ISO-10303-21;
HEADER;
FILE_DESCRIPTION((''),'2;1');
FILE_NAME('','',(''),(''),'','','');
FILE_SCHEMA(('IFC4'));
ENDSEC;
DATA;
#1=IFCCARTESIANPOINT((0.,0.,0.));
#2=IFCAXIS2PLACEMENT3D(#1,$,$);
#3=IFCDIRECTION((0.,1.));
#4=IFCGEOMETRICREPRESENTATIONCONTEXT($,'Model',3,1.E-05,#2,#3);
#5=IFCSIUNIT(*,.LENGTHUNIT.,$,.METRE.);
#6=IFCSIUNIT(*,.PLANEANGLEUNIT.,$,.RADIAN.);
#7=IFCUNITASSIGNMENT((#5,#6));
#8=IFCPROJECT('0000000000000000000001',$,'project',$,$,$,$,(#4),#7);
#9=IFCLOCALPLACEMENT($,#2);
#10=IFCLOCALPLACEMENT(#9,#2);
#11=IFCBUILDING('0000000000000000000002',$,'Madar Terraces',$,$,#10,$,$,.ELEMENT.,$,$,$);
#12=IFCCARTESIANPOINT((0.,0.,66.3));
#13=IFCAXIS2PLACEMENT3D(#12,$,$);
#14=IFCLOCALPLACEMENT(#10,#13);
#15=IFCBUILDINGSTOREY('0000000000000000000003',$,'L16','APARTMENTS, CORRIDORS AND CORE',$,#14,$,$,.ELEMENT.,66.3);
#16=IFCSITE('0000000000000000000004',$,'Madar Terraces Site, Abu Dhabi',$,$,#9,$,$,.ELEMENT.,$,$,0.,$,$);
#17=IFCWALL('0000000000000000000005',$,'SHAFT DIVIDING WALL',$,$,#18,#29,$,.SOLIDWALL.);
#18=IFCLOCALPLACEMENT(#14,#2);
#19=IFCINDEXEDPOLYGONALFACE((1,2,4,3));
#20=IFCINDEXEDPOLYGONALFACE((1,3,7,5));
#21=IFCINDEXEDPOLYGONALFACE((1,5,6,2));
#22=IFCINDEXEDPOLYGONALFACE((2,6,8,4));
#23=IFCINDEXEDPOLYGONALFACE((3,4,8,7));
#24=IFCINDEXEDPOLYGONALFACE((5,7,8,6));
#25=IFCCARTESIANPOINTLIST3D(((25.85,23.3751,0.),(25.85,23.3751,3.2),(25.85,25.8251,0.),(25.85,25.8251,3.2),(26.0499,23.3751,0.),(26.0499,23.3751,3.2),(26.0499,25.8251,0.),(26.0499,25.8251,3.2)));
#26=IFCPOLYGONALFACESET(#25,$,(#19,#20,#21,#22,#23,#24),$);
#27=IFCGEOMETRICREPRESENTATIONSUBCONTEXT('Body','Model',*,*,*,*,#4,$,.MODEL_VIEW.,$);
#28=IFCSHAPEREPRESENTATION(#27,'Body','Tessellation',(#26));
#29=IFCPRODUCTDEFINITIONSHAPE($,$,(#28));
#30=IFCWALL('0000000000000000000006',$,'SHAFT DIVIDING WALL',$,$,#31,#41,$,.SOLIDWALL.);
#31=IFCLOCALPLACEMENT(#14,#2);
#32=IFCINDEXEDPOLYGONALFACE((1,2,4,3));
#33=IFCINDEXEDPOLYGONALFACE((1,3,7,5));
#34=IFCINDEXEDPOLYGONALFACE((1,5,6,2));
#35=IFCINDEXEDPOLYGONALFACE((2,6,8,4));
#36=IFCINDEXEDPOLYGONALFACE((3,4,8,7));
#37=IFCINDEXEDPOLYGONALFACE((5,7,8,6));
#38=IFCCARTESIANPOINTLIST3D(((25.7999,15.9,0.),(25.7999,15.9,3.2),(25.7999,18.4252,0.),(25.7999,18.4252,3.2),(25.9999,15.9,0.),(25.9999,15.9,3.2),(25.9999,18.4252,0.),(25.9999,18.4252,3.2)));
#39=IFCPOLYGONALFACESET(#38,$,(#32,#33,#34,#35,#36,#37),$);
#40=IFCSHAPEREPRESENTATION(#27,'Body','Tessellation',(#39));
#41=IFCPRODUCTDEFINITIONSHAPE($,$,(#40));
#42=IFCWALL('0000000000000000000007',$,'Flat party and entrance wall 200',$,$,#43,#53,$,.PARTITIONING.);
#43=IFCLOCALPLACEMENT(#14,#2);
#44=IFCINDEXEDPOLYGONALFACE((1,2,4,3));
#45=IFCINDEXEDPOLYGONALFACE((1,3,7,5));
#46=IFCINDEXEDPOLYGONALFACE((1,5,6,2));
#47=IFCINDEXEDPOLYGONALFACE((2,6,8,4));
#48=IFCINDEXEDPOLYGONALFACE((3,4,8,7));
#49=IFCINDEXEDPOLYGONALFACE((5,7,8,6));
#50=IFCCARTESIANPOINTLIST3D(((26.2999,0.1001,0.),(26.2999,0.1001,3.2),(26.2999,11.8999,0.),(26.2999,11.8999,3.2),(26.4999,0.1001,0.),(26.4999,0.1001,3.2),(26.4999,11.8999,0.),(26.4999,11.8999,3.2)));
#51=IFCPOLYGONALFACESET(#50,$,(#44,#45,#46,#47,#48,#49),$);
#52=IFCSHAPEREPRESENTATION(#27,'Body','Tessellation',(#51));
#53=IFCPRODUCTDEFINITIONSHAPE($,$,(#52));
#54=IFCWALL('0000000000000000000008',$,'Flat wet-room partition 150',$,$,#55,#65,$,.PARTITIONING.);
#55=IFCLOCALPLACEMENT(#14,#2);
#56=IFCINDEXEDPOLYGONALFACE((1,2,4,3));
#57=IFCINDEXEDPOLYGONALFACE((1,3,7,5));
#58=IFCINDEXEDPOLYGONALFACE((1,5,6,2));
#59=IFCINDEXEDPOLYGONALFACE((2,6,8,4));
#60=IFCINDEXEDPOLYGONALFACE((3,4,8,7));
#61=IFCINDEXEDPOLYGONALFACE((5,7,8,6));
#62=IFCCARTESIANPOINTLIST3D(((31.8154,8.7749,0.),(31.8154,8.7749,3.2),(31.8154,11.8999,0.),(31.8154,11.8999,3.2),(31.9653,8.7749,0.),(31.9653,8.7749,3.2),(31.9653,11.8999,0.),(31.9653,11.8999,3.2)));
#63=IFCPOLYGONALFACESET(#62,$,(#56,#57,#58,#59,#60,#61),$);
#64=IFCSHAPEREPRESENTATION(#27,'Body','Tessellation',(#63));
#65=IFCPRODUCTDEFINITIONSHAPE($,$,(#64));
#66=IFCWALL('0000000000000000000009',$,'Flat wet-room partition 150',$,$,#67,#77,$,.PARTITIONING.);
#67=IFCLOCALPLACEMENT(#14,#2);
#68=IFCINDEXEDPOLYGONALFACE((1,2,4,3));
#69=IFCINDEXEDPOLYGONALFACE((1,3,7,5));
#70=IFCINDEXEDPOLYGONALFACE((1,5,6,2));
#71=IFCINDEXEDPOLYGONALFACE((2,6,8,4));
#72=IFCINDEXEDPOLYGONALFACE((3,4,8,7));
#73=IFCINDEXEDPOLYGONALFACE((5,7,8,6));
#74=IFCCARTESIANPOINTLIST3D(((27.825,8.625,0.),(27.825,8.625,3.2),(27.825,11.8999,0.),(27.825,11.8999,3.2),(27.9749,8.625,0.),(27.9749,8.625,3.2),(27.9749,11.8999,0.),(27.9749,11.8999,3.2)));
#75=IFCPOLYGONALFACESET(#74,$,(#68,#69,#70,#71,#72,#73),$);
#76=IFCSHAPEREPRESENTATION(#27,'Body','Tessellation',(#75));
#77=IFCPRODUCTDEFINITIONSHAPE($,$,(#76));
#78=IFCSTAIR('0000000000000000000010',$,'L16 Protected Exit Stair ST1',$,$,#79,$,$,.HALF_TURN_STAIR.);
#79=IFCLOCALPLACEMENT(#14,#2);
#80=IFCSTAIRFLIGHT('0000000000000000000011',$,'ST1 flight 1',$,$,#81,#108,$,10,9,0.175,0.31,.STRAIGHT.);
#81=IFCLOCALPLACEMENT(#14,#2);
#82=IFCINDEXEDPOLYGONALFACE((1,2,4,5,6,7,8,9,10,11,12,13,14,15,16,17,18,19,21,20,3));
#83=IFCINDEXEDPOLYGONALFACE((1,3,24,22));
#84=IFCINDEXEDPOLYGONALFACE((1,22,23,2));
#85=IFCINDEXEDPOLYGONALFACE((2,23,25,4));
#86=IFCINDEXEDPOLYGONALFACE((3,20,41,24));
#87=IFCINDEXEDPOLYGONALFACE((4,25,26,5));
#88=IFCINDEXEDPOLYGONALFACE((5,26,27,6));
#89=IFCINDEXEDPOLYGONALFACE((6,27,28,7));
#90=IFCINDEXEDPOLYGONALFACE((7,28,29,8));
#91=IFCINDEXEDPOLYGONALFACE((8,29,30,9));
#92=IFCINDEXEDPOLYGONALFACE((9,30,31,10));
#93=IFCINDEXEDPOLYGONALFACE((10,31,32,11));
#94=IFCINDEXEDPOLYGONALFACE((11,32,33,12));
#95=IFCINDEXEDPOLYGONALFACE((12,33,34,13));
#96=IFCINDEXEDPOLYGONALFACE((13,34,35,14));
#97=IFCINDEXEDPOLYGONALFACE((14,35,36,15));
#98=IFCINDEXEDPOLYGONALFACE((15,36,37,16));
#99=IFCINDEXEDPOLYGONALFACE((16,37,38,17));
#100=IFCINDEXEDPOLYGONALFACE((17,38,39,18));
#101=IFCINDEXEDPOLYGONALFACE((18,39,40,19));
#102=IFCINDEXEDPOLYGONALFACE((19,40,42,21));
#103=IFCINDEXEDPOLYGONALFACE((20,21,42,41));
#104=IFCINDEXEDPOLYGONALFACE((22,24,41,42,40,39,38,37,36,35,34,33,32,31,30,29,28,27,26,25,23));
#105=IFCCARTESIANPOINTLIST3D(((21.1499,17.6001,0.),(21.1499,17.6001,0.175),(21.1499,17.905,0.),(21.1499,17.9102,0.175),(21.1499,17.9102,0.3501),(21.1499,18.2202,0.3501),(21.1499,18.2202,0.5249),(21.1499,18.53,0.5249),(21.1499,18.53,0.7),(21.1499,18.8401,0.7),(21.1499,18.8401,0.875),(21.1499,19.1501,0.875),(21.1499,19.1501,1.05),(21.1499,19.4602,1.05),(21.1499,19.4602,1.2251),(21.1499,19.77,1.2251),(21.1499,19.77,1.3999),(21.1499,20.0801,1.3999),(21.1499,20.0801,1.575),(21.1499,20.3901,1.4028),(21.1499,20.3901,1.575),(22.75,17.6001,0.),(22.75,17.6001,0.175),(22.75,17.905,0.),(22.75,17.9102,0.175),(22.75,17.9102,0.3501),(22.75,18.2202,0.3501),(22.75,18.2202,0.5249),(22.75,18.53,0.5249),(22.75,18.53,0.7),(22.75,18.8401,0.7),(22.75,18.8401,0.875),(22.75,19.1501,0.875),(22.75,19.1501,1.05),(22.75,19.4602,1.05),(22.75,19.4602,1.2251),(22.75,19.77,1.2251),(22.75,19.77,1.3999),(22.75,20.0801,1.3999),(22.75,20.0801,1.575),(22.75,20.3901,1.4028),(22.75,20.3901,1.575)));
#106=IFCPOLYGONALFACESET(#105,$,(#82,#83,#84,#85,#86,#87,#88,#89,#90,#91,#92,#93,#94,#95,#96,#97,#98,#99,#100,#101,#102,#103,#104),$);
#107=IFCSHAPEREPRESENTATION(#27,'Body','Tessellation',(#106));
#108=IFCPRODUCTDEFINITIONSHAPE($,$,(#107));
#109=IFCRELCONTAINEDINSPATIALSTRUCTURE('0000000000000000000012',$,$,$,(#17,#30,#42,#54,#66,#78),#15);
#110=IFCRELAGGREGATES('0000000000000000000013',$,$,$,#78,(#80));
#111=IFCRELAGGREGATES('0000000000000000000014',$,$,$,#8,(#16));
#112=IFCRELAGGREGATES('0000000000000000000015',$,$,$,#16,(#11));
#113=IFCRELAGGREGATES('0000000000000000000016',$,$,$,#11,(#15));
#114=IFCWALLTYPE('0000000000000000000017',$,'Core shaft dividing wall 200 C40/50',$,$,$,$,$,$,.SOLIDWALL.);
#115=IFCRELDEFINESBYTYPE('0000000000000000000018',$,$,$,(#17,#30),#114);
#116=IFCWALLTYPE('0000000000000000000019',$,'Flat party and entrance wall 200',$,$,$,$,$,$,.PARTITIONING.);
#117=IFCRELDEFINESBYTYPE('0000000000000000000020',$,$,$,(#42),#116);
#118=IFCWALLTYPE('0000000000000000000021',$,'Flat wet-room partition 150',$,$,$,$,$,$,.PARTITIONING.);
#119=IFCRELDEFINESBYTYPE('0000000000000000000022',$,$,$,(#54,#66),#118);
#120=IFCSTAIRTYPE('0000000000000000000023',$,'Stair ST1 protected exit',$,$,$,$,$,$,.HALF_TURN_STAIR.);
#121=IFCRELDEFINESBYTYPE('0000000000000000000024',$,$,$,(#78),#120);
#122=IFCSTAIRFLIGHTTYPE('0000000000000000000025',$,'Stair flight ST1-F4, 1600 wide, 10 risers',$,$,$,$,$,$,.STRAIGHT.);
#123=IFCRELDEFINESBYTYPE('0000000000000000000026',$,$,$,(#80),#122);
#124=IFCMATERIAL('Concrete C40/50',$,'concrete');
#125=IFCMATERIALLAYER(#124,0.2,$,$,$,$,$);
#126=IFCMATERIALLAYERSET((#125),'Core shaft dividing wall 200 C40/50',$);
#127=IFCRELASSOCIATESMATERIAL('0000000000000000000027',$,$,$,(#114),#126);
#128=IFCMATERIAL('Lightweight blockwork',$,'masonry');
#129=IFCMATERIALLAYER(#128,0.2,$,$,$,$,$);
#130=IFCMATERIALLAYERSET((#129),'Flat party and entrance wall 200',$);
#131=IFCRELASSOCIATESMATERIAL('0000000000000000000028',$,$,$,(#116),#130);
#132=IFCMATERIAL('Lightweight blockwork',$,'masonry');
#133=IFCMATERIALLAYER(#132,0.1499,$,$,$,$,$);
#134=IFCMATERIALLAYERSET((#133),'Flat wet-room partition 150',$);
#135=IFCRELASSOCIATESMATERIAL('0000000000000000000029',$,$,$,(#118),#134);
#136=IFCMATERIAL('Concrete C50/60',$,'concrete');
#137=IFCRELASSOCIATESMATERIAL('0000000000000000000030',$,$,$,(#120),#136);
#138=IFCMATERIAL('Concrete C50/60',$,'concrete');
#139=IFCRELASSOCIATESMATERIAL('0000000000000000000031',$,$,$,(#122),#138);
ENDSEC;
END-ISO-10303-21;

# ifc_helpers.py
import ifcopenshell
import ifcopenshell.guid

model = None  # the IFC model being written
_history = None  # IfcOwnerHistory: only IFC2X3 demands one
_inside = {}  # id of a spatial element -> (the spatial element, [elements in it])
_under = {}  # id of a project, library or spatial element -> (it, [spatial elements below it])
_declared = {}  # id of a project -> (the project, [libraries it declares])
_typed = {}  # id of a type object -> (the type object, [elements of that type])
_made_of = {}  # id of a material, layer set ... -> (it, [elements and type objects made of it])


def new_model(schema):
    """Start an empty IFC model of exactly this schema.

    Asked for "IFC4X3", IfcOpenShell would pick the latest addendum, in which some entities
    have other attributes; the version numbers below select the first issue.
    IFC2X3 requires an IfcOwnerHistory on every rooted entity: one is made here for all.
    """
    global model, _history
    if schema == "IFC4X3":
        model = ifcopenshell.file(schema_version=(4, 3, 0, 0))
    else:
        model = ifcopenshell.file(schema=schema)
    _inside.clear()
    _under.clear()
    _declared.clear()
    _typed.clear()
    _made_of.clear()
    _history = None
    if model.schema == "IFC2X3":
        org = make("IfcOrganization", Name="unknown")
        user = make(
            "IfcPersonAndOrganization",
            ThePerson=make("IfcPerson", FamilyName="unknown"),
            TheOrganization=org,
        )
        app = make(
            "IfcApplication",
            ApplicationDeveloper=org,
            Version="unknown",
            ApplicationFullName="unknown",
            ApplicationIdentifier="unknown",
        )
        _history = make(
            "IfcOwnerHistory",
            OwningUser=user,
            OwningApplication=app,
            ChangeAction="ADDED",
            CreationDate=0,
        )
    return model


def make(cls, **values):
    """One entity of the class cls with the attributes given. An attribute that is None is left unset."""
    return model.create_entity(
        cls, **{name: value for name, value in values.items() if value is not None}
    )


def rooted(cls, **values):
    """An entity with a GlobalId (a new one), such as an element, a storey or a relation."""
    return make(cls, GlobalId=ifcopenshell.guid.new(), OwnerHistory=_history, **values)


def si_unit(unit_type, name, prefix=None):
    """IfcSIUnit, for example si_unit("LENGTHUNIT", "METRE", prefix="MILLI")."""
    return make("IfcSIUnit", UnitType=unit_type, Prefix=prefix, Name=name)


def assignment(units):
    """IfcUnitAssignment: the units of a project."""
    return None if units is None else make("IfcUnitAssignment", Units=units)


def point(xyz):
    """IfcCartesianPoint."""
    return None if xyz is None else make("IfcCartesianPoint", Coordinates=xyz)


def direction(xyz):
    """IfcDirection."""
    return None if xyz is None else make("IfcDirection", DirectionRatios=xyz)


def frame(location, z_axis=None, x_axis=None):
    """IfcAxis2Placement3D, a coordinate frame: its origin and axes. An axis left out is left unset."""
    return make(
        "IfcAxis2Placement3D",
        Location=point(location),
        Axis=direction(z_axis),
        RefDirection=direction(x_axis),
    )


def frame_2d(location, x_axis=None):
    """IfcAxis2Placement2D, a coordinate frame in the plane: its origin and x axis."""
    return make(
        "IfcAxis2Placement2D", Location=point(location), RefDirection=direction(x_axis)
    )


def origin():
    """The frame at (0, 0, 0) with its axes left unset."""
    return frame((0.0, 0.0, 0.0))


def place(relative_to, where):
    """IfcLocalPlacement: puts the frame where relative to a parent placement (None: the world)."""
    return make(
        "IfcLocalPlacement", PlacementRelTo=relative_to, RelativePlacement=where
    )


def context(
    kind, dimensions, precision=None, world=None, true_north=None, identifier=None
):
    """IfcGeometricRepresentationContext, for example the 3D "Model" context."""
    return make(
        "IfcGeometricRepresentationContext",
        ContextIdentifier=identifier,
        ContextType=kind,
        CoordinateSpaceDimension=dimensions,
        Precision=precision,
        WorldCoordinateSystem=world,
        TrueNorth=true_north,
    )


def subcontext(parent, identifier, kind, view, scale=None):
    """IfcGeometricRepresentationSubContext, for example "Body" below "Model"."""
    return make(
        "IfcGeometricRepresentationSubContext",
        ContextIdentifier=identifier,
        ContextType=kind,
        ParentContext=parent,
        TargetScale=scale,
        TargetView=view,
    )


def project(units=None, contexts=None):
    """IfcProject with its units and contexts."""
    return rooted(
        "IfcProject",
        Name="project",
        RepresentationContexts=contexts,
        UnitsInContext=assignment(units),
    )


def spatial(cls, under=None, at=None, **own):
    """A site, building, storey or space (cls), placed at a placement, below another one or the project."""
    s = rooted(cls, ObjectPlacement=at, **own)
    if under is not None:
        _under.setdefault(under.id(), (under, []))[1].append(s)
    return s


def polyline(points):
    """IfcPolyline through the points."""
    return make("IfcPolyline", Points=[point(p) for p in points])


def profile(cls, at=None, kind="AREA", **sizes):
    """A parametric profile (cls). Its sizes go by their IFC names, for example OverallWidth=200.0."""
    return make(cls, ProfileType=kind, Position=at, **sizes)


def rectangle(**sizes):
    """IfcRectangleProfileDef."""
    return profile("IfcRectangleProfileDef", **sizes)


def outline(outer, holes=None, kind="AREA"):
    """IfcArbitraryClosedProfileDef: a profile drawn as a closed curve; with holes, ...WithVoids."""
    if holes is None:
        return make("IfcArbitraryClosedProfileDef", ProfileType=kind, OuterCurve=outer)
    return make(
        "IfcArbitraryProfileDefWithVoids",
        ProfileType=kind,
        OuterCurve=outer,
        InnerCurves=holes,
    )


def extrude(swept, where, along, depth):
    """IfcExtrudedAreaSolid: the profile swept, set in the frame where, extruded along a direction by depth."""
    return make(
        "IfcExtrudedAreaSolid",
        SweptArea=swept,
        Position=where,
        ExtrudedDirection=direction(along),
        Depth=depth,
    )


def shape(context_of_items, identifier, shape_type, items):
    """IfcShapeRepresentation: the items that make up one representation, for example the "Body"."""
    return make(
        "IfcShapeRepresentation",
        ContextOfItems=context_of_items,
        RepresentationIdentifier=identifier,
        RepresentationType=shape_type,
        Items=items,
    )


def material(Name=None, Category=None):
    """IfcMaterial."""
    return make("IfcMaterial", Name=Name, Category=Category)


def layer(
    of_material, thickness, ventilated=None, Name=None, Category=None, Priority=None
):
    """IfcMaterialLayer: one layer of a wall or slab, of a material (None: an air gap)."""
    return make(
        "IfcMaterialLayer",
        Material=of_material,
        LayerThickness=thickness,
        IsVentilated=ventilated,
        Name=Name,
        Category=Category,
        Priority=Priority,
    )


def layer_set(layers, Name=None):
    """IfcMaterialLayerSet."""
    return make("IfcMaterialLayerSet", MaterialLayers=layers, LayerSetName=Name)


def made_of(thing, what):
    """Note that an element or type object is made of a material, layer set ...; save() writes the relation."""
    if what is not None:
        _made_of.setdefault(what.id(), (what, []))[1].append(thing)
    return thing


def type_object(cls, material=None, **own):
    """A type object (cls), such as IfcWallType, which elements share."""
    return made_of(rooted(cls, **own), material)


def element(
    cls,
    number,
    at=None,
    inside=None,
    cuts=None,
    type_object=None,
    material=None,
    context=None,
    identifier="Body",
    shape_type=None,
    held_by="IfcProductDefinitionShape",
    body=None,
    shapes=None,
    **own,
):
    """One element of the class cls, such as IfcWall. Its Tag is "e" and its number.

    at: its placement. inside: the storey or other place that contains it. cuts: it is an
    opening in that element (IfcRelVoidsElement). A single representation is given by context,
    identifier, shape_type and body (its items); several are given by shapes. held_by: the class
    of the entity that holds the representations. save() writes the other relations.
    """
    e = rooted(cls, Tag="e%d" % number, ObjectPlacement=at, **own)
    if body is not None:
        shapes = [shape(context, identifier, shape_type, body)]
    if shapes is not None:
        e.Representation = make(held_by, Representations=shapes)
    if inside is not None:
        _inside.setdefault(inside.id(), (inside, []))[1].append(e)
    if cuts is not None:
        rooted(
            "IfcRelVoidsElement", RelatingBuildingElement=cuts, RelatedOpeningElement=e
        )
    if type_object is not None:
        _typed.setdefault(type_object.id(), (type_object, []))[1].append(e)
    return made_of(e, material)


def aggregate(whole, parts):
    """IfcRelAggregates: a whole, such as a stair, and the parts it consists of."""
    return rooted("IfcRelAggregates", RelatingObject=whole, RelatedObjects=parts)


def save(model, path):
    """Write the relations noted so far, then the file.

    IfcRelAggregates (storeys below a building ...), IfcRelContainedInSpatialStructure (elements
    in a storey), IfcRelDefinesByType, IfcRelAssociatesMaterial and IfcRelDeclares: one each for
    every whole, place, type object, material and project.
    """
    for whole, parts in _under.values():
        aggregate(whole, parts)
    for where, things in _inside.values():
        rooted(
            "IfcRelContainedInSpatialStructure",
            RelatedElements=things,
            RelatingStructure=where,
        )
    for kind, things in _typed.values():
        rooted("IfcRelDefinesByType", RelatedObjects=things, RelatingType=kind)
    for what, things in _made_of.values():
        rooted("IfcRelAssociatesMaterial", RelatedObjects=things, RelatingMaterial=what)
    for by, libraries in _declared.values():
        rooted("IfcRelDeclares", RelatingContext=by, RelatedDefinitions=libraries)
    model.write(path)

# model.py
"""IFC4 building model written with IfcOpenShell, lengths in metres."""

from ifc_helpers import new_model, si_unit, direction, frame, frame_2d, origin, place, context, subcontext, project, spatial, polyline, rectangle, outline, extrude, material, layer, layer_set, type_object, element, aggregate, save


model = new_model("IFC4")

# Units and contexts
model_context = context("Model", 3, precision=1e-05, world=origin(), true_north=direction((0.0, 1.0)))
body_context = subcontext(model_context, "Body", "Model", "MODEL_VIEW")
ifc_project = project(units=[si_unit("LENGTHUNIT", "METRE"), si_unit("PLANEANGLEUNIT", "RADIAN")], contexts=[model_context])

# Site, building, storey
site_placement = place(None, origin())
site = spatial("IfcSite", under=ifc_project, at=site_placement, Name="Madar Terraces Site, Abu Dhabi", CompositionType="ELEMENT", RefElevation=0.0)
building_placement = place(site_placement, origin())
building = spatial("IfcBuilding", under=site, at=building_placement, Name="Madar Terraces", CompositionType="ELEMENT")
storey_placement = place(building_placement, frame((0.0, 0.0, 66.3)))
storey = spatial("IfcBuildingStorey", under=building, at=storey_placement, Name="L16", Description="APARTMENTS, CORRIDORS AND CORE", CompositionType="ELEMENT", Elevation=66.3)

# Walls
ifc_material_1 = material(Name="Concrete C40/50", Category="concrete")
ifc_layer_1 = layer(ifc_material_1, 0.2)
ifc_layer_set_1 = layer_set([ifc_layer_1], Name="Core shaft dividing wall 200 C40/50")
wall_type_1 = type_object("IfcWallType", Name="Core shaft dividing wall 200 C40/50", PredefinedType="SOLIDWALL", material=ifc_layer_set_1)
wall_1_placement = place(storey_placement, frame((25.95, 23.375, 0.0), z_axis=(0.0, 0.0, 1.0), x_axis=(0.0, 1.0, 0.0)))
element("IfcWall", 1, at=wall_1_placement, inside=storey, type_object=wall_type_1, Name="SHAFT DIVIDING WALL", PredefinedType="SOLIDWALL", context=body_context, shape_type="SweptSolid", body=[
    extrude(rectangle(XDim=2.45, YDim=0.2, at=frame_2d((1.2251, 0.0))), origin(), (0.0, 0.0, 1.0), 3.2),
])
wall_2_placement = place(storey_placement, frame((25.8999, 15.8999, 0.0), z_axis=(0.0, 0.0, 1.0), x_axis=(0.0, 1.0, 0.0)))
element("IfcWall", 2, at=wall_2_placement, inside=storey, type_object=wall_type_1, Name="SHAFT DIVIDING WALL", PredefinedType="SOLIDWALL", context=body_context, shape_type="SweptSolid", body=[
    extrude(rectangle(XDim=2.5251, YDim=0.2, at=frame_2d((1.2627, 0.0))), origin(), (0.0, 0.0, 1.0), 3.2),
])
ifc_material_2 = material(Name="Lightweight blockwork", Category="masonry")
ifc_layer_2 = layer(ifc_material_2, 0.2)
ifc_layer_set_2 = layer_set([ifc_layer_2], Name="Flat party and entrance wall 200")
wall_type_2 = type_object("IfcWallType", Name="Flat party and entrance wall 200", PredefinedType="PARTITIONING", material=ifc_layer_set_2)
wall_3_placement = place(storey_placement, frame((26.3999, 11.8999, 0.0), z_axis=(0.0, 0.0, 1.0), x_axis=(0.0, -1.0, 0.0)))
element("IfcWall", 3, at=wall_3_placement, inside=storey, type_object=wall_type_2, Name="Flat party and entrance wall 200", PredefinedType="PARTITIONING", context=body_context, shape_type="SweptSolid", body=[
    extrude(rectangle(XDim=11.7998, YDim=0.2, at=frame_2d((5.8999, 0.0))), origin(), (0.0, 0.0, 1.0), 3.2),
])
ifc_material_3 = material(Name="Lightweight blockwork", Category="masonry")
ifc_layer_3 = layer(ifc_material_3, 0.1499)
ifc_layer_set_3 = layer_set([ifc_layer_3], Name="Flat wet-room partition 150")
wall_type_3 = type_object("IfcWallType", Name="Flat wet-room partition 150", PredefinedType="PARTITIONING", material=ifc_layer_set_3)
wall_4_placement = place(storey_placement, frame((31.8904, 11.8999, 0.0), z_axis=(0.0, 0.0, 1.0), x_axis=(0.0, -1.0, 0.0)))
element("IfcWall", 4, at=wall_4_placement, inside=storey, type_object=wall_type_3, Name="Flat wet-room partition 150", PredefinedType="PARTITIONING", context=body_context, shape_type="SweptSolid", body=[
    extrude(rectangle(XDim=3.125, YDim=0.1499, at=frame_2d((1.5625, 0.0))), origin(), (0.0, 0.0, 1.0), 3.2),
])
wall_5_placement = place(storey_placement, frame((27.8999, 11.8999, 0.0), z_axis=(0.0, 0.0, 1.0), x_axis=(0.0, -1.0, 0.0)))
element("IfcWall", 5, at=wall_5_placement, inside=storey, type_object=wall_type_3, Name="Flat wet-room partition 150", PredefinedType="PARTITIONING", context=body_context, shape_type="SweptSolid", body=[
    extrude(rectangle(XDim=3.2749, YDim=0.1499, at=frame_2d((1.6375, 0.0))), origin(), (0.0, 0.0, 1.0), 3.2),
])

# Stair, stair flight
ifc_material_4 = material(Name="Concrete C50/60", Category="concrete")
stair_type = type_object("IfcStairType", Name="Stair ST1 protected exit", PredefinedType="HALF_TURN_STAIR", material=ifc_material_4)
stair_placement = place(storey_placement, origin())
stair = element("IfcStair", 6, at=stair_placement, inside=storey, type_object=stair_type, Name="L16 Protected Exit Stair ST1", PredefinedType="HALF_TURN_STAIR")
ifc_material_5 = material(Name="Concrete C50/60", Category="concrete")
stair_flight_type = type_object("IfcStairFlightType", Name="Stair flight ST1-F4, 1600 wide, 10 risers", PredefinedType="STRAIGHT", material=ifc_material_5)
stair_flight_placement = place(storey_placement, frame((21.95, 17.6001, 0.0), z_axis=(0.0, 0.0, 1.0), x_axis=(0.0, 1.0, 0.0)))
stair_flight = element("IfcStairFlight", 7, at=stair_flight_placement, type_object=stair_flight_type, Name="ST1 flight 1", NumberOfRisers=10, NumberOfTreads=9, PredefinedType="STRAIGHT", RiserHeight=0.175, TreadLength=0.31, context=body_context, shape_type="SweptSolid", body=[
    extrude(outline(polyline([(0.0, 0.0), (0.0, 0.175), (0.3101, 0.175), (0.3101, 0.3501), (0.6201, 0.3501), (0.6201, 0.5249), (0.9299, 0.5249), (0.9299, 0.7), (1.24, 0.7), (1.24, 0.875), (1.55, 0.875), (1.55, 1.05), (1.8601, 1.05), (1.8601, 1.2251), (2.1699, 1.2251), (2.1699, 1.3999), (2.48, 1.3999), (2.48, 1.575), (2.79, 1.575), (2.79, 1.75), (2.79, 1.4028), (0.3049, 0.0), (0.0, 0.0)])), frame((0.0, 0.8, 0.0), z_axis=(0.0, -1.0, 0.0), x_axis=(1.0, 0.0, 0.0)), (0.0, 0.0, 1.0), 1.6001),
])
aggregate(stair, [stair_flight])

save(model, "model.ifc")
